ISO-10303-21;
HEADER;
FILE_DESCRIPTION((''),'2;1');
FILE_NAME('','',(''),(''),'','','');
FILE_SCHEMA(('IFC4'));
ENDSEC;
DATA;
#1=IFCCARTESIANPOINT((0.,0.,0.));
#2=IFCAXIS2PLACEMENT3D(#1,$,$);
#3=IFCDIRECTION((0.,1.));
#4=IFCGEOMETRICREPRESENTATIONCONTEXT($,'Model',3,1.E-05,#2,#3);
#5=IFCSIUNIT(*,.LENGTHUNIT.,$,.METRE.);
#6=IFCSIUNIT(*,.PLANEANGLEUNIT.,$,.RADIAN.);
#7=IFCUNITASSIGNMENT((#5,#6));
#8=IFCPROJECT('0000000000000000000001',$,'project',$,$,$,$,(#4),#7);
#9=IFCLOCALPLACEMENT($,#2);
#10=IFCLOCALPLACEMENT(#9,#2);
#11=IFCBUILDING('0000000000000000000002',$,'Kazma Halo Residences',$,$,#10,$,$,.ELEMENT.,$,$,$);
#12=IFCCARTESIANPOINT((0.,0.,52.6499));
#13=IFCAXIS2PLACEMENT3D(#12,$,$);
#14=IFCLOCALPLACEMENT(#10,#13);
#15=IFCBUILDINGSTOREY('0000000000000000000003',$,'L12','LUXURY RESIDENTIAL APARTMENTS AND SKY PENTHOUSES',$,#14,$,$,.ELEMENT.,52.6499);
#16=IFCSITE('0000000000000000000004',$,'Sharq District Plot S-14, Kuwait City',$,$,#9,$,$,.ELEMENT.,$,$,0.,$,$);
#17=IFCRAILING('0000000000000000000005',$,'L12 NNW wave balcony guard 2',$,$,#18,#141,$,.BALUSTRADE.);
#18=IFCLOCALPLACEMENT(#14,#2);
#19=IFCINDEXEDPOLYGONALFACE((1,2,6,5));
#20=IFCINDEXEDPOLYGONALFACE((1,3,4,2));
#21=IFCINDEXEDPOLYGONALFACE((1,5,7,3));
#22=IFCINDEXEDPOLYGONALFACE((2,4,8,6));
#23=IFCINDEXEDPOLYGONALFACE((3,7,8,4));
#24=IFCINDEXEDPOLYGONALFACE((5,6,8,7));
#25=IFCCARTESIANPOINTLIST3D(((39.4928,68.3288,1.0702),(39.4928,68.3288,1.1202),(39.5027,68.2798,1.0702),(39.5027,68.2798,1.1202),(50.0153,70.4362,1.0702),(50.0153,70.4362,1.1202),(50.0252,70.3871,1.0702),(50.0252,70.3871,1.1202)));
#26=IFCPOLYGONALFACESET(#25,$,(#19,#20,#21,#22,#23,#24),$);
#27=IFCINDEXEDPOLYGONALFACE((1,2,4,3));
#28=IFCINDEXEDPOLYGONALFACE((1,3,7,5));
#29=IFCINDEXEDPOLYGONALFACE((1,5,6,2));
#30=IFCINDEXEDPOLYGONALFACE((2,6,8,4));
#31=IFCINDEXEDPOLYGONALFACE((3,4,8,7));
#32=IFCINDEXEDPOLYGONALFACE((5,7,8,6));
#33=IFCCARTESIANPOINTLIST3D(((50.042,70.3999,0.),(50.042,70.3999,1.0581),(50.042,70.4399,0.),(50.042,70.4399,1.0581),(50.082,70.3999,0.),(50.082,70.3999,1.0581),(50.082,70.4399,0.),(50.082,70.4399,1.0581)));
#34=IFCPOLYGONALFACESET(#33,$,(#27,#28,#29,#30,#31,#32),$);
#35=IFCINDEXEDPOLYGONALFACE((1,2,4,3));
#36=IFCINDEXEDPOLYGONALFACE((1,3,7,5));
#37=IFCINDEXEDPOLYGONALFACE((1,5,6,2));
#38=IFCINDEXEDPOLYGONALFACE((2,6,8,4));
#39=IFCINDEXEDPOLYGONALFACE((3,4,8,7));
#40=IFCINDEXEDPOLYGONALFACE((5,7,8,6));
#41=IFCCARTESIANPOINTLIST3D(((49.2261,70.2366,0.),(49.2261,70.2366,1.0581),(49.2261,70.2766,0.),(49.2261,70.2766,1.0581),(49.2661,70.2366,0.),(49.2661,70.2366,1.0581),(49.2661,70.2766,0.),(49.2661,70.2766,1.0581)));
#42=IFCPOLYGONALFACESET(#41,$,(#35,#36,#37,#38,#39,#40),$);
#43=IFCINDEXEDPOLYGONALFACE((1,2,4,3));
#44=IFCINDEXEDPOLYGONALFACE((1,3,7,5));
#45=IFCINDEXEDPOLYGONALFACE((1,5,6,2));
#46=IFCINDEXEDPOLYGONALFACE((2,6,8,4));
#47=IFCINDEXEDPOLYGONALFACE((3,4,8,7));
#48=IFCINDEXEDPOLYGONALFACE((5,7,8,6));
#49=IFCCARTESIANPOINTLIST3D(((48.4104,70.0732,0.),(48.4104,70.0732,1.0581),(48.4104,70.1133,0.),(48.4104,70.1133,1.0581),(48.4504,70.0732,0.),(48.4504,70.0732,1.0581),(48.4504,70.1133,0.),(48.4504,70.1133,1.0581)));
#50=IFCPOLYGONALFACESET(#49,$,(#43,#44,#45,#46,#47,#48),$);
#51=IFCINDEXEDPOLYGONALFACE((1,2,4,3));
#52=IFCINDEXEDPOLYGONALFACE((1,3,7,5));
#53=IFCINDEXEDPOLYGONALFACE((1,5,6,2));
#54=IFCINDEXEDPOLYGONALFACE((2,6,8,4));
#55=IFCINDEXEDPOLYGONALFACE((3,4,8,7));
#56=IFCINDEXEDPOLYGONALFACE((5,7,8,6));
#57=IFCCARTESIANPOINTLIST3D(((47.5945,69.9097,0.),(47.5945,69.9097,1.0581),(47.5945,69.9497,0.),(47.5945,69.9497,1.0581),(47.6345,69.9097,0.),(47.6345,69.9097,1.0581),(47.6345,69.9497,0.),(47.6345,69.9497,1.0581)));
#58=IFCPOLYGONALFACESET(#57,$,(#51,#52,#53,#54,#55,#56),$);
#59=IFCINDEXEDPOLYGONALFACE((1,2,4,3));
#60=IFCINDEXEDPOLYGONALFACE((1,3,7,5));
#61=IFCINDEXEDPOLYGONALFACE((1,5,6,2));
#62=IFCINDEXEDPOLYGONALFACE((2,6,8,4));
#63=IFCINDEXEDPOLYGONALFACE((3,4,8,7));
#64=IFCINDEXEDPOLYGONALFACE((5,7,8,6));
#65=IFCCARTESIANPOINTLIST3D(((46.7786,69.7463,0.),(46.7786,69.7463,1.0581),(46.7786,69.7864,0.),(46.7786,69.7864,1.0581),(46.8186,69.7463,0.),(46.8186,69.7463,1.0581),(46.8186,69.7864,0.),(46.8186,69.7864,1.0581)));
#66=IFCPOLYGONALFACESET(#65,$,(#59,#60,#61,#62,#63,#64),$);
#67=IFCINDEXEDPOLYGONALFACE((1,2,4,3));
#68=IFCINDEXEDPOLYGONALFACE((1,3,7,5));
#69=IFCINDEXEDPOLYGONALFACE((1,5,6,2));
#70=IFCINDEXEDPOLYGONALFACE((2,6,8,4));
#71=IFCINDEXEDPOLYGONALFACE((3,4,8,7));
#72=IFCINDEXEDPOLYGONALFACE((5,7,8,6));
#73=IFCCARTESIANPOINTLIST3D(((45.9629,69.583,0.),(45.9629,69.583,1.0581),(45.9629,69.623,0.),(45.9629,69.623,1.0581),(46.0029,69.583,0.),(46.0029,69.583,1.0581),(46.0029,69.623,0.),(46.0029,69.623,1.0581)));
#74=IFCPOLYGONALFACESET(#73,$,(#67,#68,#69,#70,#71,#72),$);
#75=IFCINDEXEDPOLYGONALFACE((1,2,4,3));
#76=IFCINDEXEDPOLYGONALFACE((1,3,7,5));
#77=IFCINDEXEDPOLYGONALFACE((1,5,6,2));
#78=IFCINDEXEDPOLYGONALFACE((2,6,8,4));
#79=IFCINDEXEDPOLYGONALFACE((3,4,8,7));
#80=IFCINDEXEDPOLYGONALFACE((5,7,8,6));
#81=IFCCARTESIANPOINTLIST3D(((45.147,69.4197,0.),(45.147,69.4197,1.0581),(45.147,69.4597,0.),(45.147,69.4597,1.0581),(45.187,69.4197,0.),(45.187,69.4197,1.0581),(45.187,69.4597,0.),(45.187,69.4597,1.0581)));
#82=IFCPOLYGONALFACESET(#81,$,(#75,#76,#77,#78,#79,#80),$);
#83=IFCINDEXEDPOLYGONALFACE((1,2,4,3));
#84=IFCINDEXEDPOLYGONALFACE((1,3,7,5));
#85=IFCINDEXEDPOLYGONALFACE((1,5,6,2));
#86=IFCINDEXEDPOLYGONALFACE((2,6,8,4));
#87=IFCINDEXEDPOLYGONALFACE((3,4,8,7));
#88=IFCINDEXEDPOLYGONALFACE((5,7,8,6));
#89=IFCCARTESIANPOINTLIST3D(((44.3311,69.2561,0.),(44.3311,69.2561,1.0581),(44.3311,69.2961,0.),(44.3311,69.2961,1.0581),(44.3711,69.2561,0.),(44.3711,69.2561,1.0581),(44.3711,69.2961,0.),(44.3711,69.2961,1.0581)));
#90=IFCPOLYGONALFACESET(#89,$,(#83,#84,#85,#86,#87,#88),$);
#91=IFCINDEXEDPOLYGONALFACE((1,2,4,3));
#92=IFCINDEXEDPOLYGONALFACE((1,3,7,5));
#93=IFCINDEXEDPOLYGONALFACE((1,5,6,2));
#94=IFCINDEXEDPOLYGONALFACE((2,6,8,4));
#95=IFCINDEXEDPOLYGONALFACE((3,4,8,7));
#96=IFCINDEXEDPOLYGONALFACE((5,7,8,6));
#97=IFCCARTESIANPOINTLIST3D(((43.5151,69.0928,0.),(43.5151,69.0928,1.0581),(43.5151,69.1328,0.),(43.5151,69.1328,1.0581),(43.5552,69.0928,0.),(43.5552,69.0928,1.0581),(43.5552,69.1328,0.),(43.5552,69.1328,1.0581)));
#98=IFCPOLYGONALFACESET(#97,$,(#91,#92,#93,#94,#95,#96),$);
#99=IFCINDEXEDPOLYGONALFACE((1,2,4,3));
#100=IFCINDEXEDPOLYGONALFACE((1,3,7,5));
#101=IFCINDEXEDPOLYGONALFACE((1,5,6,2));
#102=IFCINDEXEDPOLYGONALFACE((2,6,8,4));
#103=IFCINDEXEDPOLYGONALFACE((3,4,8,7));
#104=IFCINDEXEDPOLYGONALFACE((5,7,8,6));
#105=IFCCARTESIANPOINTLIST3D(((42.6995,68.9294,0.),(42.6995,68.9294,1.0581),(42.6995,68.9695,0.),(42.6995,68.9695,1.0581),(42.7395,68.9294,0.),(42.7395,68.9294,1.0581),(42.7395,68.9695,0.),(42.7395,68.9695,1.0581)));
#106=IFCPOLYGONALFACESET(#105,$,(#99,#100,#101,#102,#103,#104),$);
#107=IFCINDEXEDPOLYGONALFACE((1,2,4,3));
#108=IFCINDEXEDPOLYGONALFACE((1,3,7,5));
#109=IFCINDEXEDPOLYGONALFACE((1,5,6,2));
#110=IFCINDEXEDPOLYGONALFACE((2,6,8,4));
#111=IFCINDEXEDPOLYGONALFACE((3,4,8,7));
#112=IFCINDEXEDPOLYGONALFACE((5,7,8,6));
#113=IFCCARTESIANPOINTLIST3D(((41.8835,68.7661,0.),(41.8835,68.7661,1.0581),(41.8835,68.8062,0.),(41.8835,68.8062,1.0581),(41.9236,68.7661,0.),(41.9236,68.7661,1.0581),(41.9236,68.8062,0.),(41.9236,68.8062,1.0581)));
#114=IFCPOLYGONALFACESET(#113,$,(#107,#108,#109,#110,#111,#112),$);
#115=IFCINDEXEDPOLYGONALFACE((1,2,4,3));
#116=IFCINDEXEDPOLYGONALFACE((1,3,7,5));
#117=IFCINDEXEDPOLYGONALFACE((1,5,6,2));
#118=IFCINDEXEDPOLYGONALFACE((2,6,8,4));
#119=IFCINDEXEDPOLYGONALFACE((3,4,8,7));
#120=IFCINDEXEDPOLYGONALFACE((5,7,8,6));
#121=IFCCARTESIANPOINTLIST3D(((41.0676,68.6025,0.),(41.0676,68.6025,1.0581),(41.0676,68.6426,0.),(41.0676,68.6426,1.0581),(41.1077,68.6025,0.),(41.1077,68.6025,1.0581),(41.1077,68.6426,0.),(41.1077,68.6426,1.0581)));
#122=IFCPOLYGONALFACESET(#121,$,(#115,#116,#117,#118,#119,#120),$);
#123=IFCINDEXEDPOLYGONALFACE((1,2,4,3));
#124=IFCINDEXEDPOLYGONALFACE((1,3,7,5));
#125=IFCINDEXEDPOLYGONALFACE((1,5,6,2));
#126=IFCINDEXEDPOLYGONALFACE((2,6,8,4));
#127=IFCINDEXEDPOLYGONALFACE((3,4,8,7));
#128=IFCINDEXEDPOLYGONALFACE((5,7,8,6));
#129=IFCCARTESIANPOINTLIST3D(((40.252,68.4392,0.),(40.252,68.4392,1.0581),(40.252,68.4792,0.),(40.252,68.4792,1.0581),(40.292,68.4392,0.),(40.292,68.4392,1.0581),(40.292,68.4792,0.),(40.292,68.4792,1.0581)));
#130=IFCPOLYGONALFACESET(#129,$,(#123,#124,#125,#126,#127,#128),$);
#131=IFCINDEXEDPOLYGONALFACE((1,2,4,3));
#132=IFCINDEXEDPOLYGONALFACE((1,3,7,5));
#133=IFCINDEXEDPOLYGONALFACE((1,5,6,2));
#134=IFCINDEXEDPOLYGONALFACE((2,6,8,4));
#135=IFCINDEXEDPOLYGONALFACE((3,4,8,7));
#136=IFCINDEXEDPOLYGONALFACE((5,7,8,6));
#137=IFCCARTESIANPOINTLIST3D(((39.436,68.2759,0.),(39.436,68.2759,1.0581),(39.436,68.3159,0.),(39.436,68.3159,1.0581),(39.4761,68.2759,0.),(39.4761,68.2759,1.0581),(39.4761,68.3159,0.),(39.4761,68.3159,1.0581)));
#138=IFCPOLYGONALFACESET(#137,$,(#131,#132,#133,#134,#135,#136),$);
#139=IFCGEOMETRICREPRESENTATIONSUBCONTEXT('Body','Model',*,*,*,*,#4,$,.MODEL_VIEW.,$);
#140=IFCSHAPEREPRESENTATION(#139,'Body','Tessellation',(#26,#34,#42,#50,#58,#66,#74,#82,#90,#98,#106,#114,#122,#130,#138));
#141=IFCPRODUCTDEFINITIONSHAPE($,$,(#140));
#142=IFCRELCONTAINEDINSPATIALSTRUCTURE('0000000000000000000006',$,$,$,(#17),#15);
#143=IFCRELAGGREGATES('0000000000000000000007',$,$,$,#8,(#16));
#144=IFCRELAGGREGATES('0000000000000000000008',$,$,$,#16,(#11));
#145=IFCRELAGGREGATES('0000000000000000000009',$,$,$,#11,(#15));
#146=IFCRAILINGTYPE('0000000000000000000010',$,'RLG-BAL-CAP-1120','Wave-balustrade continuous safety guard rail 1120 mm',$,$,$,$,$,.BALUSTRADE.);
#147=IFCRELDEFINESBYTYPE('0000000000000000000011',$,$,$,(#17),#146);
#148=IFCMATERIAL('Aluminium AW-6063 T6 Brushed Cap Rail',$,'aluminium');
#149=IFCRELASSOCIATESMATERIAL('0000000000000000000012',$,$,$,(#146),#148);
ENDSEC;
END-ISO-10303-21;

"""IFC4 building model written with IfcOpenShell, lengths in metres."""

from ifc_helpers import new_model, si_unit, direction, frame, origin, origin_2d, place, context, subcontext, project, spatial, rectangle, extrude, material, type_object, element, save


model = new_model("IFC4")

# Units and contexts
model_context = context("Model", 3, precision=1e-05, world=origin(), true_north=direction((0.0, 1.0)))
body_context = subcontext(model_context, "Body", "Model", "MODEL_VIEW")
ifc_project = project(units=[si_unit("LENGTHUNIT", "METRE"), si_unit("PLANEANGLEUNIT", "RADIAN")], contexts=[model_context])

# Site, building, storey
site_placement = place(None, origin())
site = spatial("IfcSite", under=ifc_project, at=site_placement, Name="Sharq District Plot S-14, Kuwait City", CompositionType="ELEMENT", RefElevation=0.0)
building_placement = place(site_placement, origin())
building = spatial("IfcBuilding", under=site, at=building_placement, Name="Kazma Halo Residences", CompositionType="ELEMENT")
storey_placement = place(building_placement, frame((0.0, 0.0, 52.6499)))
storey = spatial("IfcBuildingStorey", under=building, at=storey_placement, Name="L12", Description="LUXURY RESIDENTIAL APARTMENTS AND SKY PENTHOUSES", CompositionType="ELEMENT", Elevation=52.6499)

# Railing
ifc_material_1 = material(Name="Aluminium AW-6063 T6 Brushed Cap Rail", Category="aluminium")
railing_type = type_object("IfcRailingType", Name="RLG-BAL-CAP-1120", Description="Wave-balustrade continuous safety guard rail 1120 mm", PredefinedType="BALUSTRADE", material=ifc_material_1)
railing_1_placement = place(storey_placement, frame((50.062, 70.4199, 0.0)))
element("IfcRailing", 1, at=railing_1_placement, inside=storey, type_object=railing_type, Name="L12 NNW wave balcony guard 2", PredefinedType="BALUSTRADE", context=body_context, shape_type="SweptSolid", body=[
    extrude(rectangle(XDim=0.05, YDim=0.05, at=origin_2d()), frame((-0.0417, -0.0083, 1.0952), z_axis=(-0.98053, -0.196368, 0.0), x_axis=(0.196368, -0.98053, 0.0)), (0.0, 0.0, 1.0), 10.7314),
    extrude(rectangle(XDim=0.04, YDim=0.04, at=origin_2d()), origin(), (0.0, 0.0, 1.0), 1.0581),
    extrude(rectangle(XDim=0.04, YDim=0.04, at=origin_2d()), frame((-0.8159, -0.1633, 0.0)), (0.0, 0.0, 1.0), 1.0581),
    extrude(rectangle(XDim=0.04, YDim=0.04, at=origin_2d()), frame((-1.6316, -0.3267, 0.0)), (0.0, 0.0, 1.0), 1.0581),
    extrude(rectangle(XDim=0.04, YDim=0.04, at=origin_2d()), frame((-2.4475, -0.4902, 0.0)), (0.0, 0.0, 1.0), 1.0581),
    extrude(rectangle(XDim=0.04, YDim=0.04, at=origin_2d()), frame((-3.2634, -0.6536, 0.0)), (0.0, 0.0, 1.0), 1.0581),
    extrude(rectangle(XDim=0.04, YDim=0.04, at=origin_2d()), frame((-4.0791, -0.8169, 0.0)), (0.0, 0.0, 1.0), 1.0581),
    extrude(rectangle(XDim=0.04, YDim=0.04, at=origin_2d()), frame((-4.895, -0.9802, 0.0)), (0.0, 0.0, 1.0), 1.0581),
    extrude(rectangle(XDim=0.04, YDim=0.04, at=origin_2d()), frame((-5.7109, -1.1438, 0.0)), (0.0, 0.0, 1.0), 1.0581),
    extrude(rectangle(XDim=0.04, YDim=0.04, at=origin_2d()), frame((-6.5269, -1.3071, 0.0)), (0.0, 0.0, 1.0), 1.0581),
    extrude(rectangle(XDim=0.04, YDim=0.04, at=origin_2d()), frame((-7.3425, -1.4705, 0.0)), (0.0, 0.0, 1.0), 1.0581),
    extrude(rectangle(XDim=0.04, YDim=0.04, at=origin_2d()), frame((-8.1584, -1.6338, 0.0)), (0.0, 0.0, 1.0), 1.0581),
    extrude(rectangle(XDim=0.04, YDim=0.04, at=origin_2d()), frame((-8.9744, -1.7974, 0.0)), (0.0, 0.0, 1.0), 1.0581),
    extrude(rectangle(XDim=0.04, YDim=0.04, at=origin_2d()), frame((-9.79, -1.9607, 0.0)), (0.0, 0.0, 1.0), 1.0581),
    extrude(rectangle(XDim=0.04, YDim=0.04, at=origin_2d()), frame((-10.606, -2.124, 0.0)), (0.0, 0.0, 1.0), 1.0581),
])

save(model, "model.ifc")
